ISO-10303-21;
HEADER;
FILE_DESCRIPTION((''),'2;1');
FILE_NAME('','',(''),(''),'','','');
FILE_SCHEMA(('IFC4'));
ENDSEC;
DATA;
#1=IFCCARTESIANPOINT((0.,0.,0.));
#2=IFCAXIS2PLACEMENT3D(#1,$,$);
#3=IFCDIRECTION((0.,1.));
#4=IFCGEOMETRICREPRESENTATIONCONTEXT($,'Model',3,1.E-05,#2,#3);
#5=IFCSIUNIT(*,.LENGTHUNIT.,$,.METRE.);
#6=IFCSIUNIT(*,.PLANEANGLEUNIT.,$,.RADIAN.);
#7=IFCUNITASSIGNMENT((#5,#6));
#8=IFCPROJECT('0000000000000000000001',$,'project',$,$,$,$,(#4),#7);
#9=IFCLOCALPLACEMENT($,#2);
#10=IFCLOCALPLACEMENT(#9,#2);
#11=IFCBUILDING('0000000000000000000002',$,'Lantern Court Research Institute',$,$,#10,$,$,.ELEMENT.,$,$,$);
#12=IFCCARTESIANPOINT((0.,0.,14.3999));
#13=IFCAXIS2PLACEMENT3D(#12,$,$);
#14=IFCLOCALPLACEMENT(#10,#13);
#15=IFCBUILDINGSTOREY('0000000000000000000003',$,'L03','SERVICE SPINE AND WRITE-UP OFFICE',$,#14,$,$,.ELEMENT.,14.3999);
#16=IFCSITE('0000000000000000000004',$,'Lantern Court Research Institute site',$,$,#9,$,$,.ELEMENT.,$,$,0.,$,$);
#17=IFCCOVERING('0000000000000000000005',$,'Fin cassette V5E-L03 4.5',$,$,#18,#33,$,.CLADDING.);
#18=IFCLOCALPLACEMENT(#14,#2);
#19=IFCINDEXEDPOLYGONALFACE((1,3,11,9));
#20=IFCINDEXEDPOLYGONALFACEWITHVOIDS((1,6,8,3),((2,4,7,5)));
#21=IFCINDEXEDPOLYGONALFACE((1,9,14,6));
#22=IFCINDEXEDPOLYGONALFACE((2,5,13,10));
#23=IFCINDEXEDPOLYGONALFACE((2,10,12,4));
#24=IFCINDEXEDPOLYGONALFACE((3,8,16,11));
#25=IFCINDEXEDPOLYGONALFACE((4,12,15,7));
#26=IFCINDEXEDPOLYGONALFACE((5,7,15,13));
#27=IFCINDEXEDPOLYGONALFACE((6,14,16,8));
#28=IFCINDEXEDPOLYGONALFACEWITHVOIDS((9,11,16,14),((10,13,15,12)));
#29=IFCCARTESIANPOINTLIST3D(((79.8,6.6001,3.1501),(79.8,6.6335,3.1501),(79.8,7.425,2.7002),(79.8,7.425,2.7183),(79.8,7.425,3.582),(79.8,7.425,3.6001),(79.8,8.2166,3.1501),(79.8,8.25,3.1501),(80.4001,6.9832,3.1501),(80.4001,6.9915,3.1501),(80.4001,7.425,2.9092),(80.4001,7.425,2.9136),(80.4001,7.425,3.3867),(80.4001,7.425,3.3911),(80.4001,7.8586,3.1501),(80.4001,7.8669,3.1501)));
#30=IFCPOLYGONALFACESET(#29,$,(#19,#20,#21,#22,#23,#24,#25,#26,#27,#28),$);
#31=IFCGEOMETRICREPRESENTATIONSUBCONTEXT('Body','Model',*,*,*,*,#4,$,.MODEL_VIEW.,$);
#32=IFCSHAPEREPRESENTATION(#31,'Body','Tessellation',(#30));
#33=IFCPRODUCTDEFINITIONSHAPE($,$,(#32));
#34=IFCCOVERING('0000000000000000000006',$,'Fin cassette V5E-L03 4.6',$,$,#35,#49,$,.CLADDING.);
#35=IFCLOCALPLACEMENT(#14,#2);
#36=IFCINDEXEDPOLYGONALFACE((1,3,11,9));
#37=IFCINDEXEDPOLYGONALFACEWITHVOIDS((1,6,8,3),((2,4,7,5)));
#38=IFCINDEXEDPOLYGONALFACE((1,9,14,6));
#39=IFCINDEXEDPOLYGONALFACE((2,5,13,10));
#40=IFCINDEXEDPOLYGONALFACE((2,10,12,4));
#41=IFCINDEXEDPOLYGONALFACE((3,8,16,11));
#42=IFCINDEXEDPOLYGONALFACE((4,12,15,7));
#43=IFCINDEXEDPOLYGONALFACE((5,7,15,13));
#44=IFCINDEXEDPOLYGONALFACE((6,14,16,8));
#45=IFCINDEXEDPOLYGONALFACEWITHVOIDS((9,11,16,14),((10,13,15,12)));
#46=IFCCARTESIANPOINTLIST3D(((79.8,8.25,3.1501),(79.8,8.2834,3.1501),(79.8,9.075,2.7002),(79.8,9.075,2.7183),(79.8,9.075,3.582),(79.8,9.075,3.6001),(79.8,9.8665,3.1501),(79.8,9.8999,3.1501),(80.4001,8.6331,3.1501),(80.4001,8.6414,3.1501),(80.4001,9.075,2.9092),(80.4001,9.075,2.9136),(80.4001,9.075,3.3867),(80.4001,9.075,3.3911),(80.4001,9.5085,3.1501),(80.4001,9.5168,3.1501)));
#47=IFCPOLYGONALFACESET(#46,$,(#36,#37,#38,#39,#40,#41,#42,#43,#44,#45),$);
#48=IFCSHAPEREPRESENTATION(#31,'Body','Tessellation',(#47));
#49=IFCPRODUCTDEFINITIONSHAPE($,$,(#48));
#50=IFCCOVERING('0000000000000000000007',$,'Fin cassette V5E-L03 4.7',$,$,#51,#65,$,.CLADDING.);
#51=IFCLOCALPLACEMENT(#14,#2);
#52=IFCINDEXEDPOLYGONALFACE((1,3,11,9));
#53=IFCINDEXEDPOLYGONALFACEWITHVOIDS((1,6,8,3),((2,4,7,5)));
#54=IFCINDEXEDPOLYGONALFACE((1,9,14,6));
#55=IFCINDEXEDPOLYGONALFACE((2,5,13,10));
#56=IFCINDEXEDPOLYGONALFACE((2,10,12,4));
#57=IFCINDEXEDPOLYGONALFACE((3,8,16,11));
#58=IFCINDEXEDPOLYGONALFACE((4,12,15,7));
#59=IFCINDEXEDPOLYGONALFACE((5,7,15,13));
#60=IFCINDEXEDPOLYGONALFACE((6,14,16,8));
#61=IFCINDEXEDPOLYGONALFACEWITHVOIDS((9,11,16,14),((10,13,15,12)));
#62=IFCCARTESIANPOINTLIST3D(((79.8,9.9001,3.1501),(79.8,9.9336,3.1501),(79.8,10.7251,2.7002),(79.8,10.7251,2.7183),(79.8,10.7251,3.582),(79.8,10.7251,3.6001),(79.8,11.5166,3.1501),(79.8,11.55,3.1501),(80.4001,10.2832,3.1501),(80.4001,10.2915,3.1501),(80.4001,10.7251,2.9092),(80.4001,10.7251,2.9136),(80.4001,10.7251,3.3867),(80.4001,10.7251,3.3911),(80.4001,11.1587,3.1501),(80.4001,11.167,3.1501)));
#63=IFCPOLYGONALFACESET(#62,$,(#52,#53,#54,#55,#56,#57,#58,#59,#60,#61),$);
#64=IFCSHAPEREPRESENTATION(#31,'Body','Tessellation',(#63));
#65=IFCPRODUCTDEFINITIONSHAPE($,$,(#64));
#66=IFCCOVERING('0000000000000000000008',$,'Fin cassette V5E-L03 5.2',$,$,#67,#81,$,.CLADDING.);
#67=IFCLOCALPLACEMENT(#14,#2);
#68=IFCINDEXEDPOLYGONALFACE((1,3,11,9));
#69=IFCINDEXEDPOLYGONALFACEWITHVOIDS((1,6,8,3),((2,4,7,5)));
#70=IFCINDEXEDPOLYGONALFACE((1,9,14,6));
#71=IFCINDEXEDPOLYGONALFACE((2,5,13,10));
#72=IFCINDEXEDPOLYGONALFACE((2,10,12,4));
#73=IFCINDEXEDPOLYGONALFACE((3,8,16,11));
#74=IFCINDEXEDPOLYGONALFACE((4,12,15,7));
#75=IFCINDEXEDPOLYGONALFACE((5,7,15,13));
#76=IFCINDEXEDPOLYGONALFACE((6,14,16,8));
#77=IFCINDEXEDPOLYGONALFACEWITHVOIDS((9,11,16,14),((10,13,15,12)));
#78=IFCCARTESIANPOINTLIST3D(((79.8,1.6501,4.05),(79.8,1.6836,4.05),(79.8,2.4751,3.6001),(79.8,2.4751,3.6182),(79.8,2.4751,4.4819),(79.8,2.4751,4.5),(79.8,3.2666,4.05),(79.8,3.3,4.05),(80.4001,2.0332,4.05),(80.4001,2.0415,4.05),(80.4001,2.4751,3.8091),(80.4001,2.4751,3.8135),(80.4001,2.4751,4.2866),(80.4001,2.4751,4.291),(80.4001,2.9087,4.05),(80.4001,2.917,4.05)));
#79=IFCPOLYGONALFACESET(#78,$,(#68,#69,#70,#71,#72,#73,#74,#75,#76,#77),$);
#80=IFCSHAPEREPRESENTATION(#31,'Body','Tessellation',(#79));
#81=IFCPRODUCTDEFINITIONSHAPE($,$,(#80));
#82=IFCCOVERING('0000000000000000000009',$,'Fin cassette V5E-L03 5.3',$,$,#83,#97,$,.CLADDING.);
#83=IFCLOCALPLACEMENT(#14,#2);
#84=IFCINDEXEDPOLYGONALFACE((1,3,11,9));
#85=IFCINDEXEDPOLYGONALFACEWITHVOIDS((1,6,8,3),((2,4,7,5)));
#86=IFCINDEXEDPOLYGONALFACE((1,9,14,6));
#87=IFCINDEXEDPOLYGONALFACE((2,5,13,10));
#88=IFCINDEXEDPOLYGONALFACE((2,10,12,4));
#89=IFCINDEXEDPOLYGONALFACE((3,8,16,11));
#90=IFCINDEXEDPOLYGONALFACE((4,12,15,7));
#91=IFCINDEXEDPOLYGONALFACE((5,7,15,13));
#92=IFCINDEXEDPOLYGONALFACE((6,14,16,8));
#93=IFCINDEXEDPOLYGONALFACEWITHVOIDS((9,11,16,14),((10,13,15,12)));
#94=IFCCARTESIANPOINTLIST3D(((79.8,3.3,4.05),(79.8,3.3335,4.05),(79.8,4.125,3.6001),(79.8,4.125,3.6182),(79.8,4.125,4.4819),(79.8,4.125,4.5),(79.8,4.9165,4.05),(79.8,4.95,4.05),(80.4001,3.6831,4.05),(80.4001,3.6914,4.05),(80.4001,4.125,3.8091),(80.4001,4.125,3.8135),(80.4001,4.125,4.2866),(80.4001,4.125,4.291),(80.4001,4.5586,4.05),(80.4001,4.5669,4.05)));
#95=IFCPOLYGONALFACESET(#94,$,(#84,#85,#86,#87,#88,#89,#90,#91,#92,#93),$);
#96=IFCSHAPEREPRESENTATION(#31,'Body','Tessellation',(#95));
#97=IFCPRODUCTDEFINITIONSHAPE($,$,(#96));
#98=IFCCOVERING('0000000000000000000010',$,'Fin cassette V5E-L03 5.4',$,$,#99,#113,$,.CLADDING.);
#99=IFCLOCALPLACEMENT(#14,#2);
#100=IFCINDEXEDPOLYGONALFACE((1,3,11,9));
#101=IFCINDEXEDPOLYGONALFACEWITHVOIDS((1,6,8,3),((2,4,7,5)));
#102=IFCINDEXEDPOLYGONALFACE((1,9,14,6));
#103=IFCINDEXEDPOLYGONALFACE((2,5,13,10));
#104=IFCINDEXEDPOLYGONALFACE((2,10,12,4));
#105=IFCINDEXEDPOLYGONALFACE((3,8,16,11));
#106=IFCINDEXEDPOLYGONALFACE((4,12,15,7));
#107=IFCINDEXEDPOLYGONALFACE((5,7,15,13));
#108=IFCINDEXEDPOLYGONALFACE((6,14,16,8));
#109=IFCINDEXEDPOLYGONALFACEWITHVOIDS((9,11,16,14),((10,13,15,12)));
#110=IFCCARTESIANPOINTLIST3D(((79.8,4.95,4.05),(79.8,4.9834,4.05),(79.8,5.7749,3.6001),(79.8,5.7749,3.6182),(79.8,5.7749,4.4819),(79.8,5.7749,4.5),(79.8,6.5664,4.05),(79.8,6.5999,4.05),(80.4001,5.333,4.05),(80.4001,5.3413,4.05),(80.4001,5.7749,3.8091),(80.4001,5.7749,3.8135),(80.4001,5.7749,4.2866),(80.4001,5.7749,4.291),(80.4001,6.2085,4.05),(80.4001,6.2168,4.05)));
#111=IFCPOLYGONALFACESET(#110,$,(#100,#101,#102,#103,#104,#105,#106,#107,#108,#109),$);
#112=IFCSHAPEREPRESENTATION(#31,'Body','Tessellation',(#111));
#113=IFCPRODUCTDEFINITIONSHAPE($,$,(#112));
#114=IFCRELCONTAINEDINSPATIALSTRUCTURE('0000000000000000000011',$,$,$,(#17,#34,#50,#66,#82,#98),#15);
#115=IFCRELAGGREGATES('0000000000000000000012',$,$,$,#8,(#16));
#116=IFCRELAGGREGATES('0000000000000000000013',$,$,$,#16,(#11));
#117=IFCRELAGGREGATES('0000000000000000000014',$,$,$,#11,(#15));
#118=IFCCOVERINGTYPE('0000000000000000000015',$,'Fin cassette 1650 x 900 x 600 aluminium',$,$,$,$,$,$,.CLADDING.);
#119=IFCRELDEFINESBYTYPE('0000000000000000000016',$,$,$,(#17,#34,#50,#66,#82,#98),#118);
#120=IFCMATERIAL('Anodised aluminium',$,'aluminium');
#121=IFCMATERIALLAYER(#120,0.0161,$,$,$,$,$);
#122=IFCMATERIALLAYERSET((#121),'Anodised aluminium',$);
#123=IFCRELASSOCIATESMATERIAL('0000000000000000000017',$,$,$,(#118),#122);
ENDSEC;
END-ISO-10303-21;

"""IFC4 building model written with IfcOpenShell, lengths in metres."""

from ifc_helpers import new_model, entity, si_unit, direction, frame, origin, place, context, subcontext, project, spatial, material, layer, layer_set, type_object, element, save


model = new_model("IFC4")

# Units and contexts
model_context = context("Model", 3, precision=1e-05, world=origin(), true_north=direction((0.0, 1.0)))
body_context = subcontext(model_context, "Body", "Model", "MODEL_VIEW")
ifc_project = project(units=[si_unit("LENGTHUNIT", "METRE"), si_unit("PLANEANGLEUNIT", "RADIAN")], contexts=[model_context])

# Site, building, storey
site_placement = place(None, origin())
site = spatial("IfcSite", under=ifc_project, at=site_placement, Name="Lantern Court Research Institute site", CompositionType="ELEMENT", RefElevation=0.0)
building_placement = place(site_placement, origin())
building = spatial("IfcBuilding", under=site, at=building_placement, Name="Lantern Court Research Institute", CompositionType="ELEMENT")
storey_placement = place(building_placement, frame((0.0, 0.0, 14.3999)))
storey = spatial("IfcBuildingStorey", under=building, at=storey_placement, Name="L03", Description="SERVICE SPINE AND WRITE-UP OFFICE", CompositionType="ELEMENT", Elevation=14.3999)

# Coverings
ifc_material_1 = material(Name="Anodised aluminium", Category="aluminium")
ifc_layer_1 = layer(ifc_material_1, 0.0161)
ifc_layer_set_1 = layer_set([ifc_layer_1], Name="Anodised aluminium")
covering_type = type_object("IfcCoveringType", Name="Fin cassette 1650 x 900 x 600 aluminium", PredefinedType="CLADDING", material=ifc_layer_set_1)
covering_1_placement = place(storey_placement, frame((79.8, 7.425, 3.1501), z_axis=(1.0, 0.0, 0.0), x_axis=(0.0, 1.0, 0.0)))
cartesian_point_1 = entity("IfcCartesianPoint", [0.825, 0.0])
cartesian_point_2 = entity("IfcCartesianPoint", [0.7915, 0.0])
cartesian_point_3 = entity("IfcCartesianPoint", [0.4419, 0.0])
cartesian_point_4 = entity("IfcCartesianPoint", [0.4336, 0.0])
element("IfcCovering", 1, at=covering_1_placement, inside=storey, type_object=covering_type, Name="Fin cassette V5E-L03 4.5", PredefinedType="CLADDING", context=body_context, shape_type="SweptSolid", body=[
    entity("IfcExtrudedAreaSolidTapered", entity("IfcArbitraryProfileDefWithVoids", "AREA", None, entity("IfcPolyline", [cartesian_point_1, entity("IfcCartesianPoint", [0.0, 0.45]), entity("IfcCartesianPoint", [-0.825, 0.0]), entity("IfcCartesianPoint", [0.0, -0.45]), cartesian_point_1]), [entity("IfcPolyline", [cartesian_point_2, entity("IfcCartesianPoint", [0.0, 0.4319]), entity("IfcCartesianPoint", [-0.7915, 0.0]), entity("IfcCartesianPoint", [0.0, -0.4319]), cartesian_point_2])]), entity("IfcAxis2Placement3D", entity("IfcCartesianPoint", [0.0, 0.0, 0.0])), entity("IfcDirection", [0.0, 0.0, 1.0]), 0.6001, entity("IfcArbitraryProfileDefWithVoids", "AREA", None, entity("IfcPolyline", [cartesian_point_3, entity("IfcCartesianPoint", [0.0, 0.241]), entity("IfcCartesianPoint", [-0.4419, 0.0]), entity("IfcCartesianPoint", [0.0, -0.241]), cartesian_point_3]), [entity("IfcPolyline", [cartesian_point_4, entity("IfcCartesianPoint", [0.0, 0.2366]), entity("IfcCartesianPoint", [-0.4336, 0.0]), entity("IfcCartesianPoint", [0.0, -0.2366]), cartesian_point_4])])),
])
covering_2_placement = place(storey_placement, frame((79.8, 9.075, 3.1501), z_axis=(1.0, 0.0, 0.0), x_axis=(0.0, 1.0, 0.0)))
cartesian_point_5 = entity("IfcCartesianPoint", [0.825, 0.0])
cartesian_point_6 = entity("IfcCartesianPoint", [0.7915, 0.0])
cartesian_point_7 = entity("IfcCartesianPoint", [0.4419, 0.0])
cartesian_point_8 = entity("IfcCartesianPoint", [0.4336, 0.0])
element("IfcCovering", 2, at=covering_2_placement, inside=storey, type_object=covering_type, Name="Fin cassette V5E-L03 4.6", PredefinedType="CLADDING", context=body_context, shape_type="SweptSolid", body=[
    entity("IfcExtrudedAreaSolidTapered", entity("IfcArbitraryProfileDefWithVoids", "AREA", None, entity("IfcPolyline", [cartesian_point_5, entity("IfcCartesianPoint", [0.0, 0.45]), entity("IfcCartesianPoint", [-0.825, 0.0]), entity("IfcCartesianPoint", [0.0, -0.45]), cartesian_point_5]), [entity("IfcPolyline", [cartesian_point_6, entity("IfcCartesianPoint", [0.0, 0.4319]), entity("IfcCartesianPoint", [-0.7915, 0.0]), entity("IfcCartesianPoint", [0.0, -0.4319]), cartesian_point_6])]), entity("IfcAxis2Placement3D", entity("IfcCartesianPoint", [0.0, 0.0, 0.0])), entity("IfcDirection", [0.0, 0.0, 1.0]), 0.6001, entity("IfcArbitraryProfileDefWithVoids", "AREA", None, entity("IfcPolyline", [cartesian_point_7, entity("IfcCartesianPoint", [0.0, 0.241]), entity("IfcCartesianPoint", [-0.4419, 0.0]), entity("IfcCartesianPoint", [0.0, -0.241]), cartesian_point_7]), [entity("IfcPolyline", [cartesian_point_8, entity("IfcCartesianPoint", [0.0, 0.2366]), entity("IfcCartesianPoint", [-0.4336, 0.0]), entity("IfcCartesianPoint", [0.0, -0.2366]), cartesian_point_8])])),
])
covering_3_placement = place(storey_placement, frame((79.8, 10.7251, 3.1501), z_axis=(1.0, 0.0, 0.0), x_axis=(0.0, 1.0, 0.0)))
cartesian_point_9 = entity("IfcCartesianPoint", [0.825, 0.0])
cartesian_point_10 = entity("IfcCartesianPoint", [0.7915, 0.0])
cartesian_point_11 = entity("IfcCartesianPoint", [0.4419, 0.0])
cartesian_point_12 = entity("IfcCartesianPoint", [0.4336, 0.0])
element("IfcCovering", 3, at=covering_3_placement, inside=storey, type_object=covering_type, Name="Fin cassette V5E-L03 4.7", PredefinedType="CLADDING", context=body_context, shape_type="SweptSolid", body=[
    entity("IfcExtrudedAreaSolidTapered", entity("IfcArbitraryProfileDefWithVoids", "AREA", None, entity("IfcPolyline", [cartesian_point_9, entity("IfcCartesianPoint", [0.0, 0.45]), entity("IfcCartesianPoint", [-0.825, 0.0]), entity("IfcCartesianPoint", [0.0, -0.45]), cartesian_point_9]), [entity("IfcPolyline", [cartesian_point_10, entity("IfcCartesianPoint", [0.0, 0.4319]), entity("IfcCartesianPoint", [-0.7915, 0.0]), entity("IfcCartesianPoint", [0.0, -0.4319]), cartesian_point_10])]), entity("IfcAxis2Placement3D", entity("IfcCartesianPoint", [0.0, 0.0, 0.0])), entity("IfcDirection", [0.0, 0.0, 1.0]), 0.6001, entity("IfcArbitraryProfileDefWithVoids", "AREA", None, entity("IfcPolyline", [cartesian_point_11, entity("IfcCartesianPoint", [0.0, 0.241]), entity("IfcCartesianPoint", [-0.4419, 0.0]), entity("IfcCartesianPoint", [0.0, -0.241]), cartesian_point_11]), [entity("IfcPolyline", [cartesian_point_12, entity("IfcCartesianPoint", [0.0, 0.2366]), entity("IfcCartesianPoint", [-0.4336, 0.0]), entity("IfcCartesianPoint", [0.0, -0.2366]), cartesian_point_12])])),
])
covering_4_placement = place(storey_placement, frame((79.8, 2.4751, 4.05), z_axis=(1.0, 0.0, 0.0), x_axis=(0.0, 1.0, 0.0)))
cartesian_point_13 = entity("IfcCartesianPoint", [0.825, 0.0])
cartesian_point_14 = entity("IfcCartesianPoint", [0.7915, 0.0])
cartesian_point_15 = entity("IfcCartesianPoint", [0.4419, 0.0])
cartesian_point_16 = entity("IfcCartesianPoint", [0.4336, 0.0])
element("IfcCovering", 4, at=covering_4_placement, inside=storey, type_object=covering_type, Name="Fin cassette V5E-L03 5.2", PredefinedType="CLADDING", context=body_context, shape_type="SweptSolid", body=[
    entity("IfcExtrudedAreaSolidTapered", entity("IfcArbitraryProfileDefWithVoids", "AREA", None, entity("IfcPolyline", [cartesian_point_13, entity("IfcCartesianPoint", [0.0, 0.45]), entity("IfcCartesianPoint", [-0.825, 0.0]), entity("IfcCartesianPoint", [0.0, -0.45]), cartesian_point_13]), [entity("IfcPolyline", [cartesian_point_14, entity("IfcCartesianPoint", [0.0, 0.4319]), entity("IfcCartesianPoint", [-0.7915, 0.0]), entity("IfcCartesianPoint", [0.0, -0.4319]), cartesian_point_14])]), entity("IfcAxis2Placement3D", entity("IfcCartesianPoint", [0.0, 0.0, 0.0])), entity("IfcDirection", [0.0, 0.0, 1.0]), 0.6001, entity("IfcArbitraryProfileDefWithVoids", "AREA", None, entity("IfcPolyline", [cartesian_point_15, entity("IfcCartesianPoint", [0.0, 0.241]), entity("IfcCartesianPoint", [-0.4419, 0.0]), entity("IfcCartesianPoint", [0.0, -0.241]), cartesian_point_15]), [entity("IfcPolyline", [cartesian_point_16, entity("IfcCartesianPoint", [0.0, 0.2366]), entity("IfcCartesianPoint", [-0.4336, 0.0]), entity("IfcCartesianPoint", [0.0, -0.2366]), cartesian_point_16])])),
])
covering_5_placement = place(storey_placement, frame((79.8, 4.125, 4.05), z_axis=(1.0, 0.0, 0.0), x_axis=(0.0, 1.0, 0.0)))
cartesian_point_17 = entity("IfcCartesianPoint", [0.825, 0.0])
cartesian_point_18 = entity("IfcCartesianPoint", [0.7915, 0.0])
cartesian_point_19 = entity("IfcCartesianPoint", [0.4419, 0.0])
cartesian_point_20 = entity("IfcCartesianPoint", [0.4336, 0.0])
element("IfcCovering", 5, at=covering_5_placement, inside=storey, type_object=covering_type, Name="Fin cassette V5E-L03 5.3", PredefinedType="CLADDING", context=body_context, shape_type="SweptSolid", body=[
    entity("IfcExtrudedAreaSolidTapered", entity("IfcArbitraryProfileDefWithVoids", "AREA", None, entity("IfcPolyline", [cartesian_point_17, entity("IfcCartesianPoint", [0.0, 0.45]), entity("IfcCartesianPoint", [-0.825, 0.0]), entity("IfcCartesianPoint", [0.0, -0.45]), cartesian_point_17]), [entity("IfcPolyline", [cartesian_point_18, entity("IfcCartesianPoint", [0.0, 0.4319]), entity("IfcCartesianPoint", [-0.7915, 0.0]), entity("IfcCartesianPoint", [0.0, -0.4319]), cartesian_point_18])]), entity("IfcAxis2Placement3D", entity("IfcCartesianPoint", [0.0, 0.0, 0.0])), entity("IfcDirection", [0.0, 0.0, 1.0]), 0.6001, entity("IfcArbitraryProfileDefWithVoids", "AREA", None, entity("IfcPolyline", [cartesian_point_19, entity("IfcCartesianPoint", [0.0, 0.241]), entity("IfcCartesianPoint", [-0.4419, 0.0]), entity("IfcCartesianPoint", [0.0, -0.241]), cartesian_point_19]), [entity("IfcPolyline", [cartesian_point_20, entity("IfcCartesianPoint", [0.0, 0.2366]), entity("IfcCartesianPoint", [-0.4336, 0.0]), entity("IfcCartesianPoint", [0.0, -0.2366]), cartesian_point_20])])),
])
covering_6_placement = place(storey_placement, frame((79.8, 5.7749, 4.05), z_axis=(1.0, 0.0, 0.0), x_axis=(0.0, 1.0, 0.0)))
cartesian_point_21 = entity("IfcCartesianPoint", [0.825, 0.0])
cartesian_point_22 = entity("IfcCartesianPoint", [0.7915, 0.0])
cartesian_point_23 = entity("IfcCartesianPoint", [0.4419, 0.0])
cartesian_point_24 = entity("IfcCartesianPoint", [0.4336, 0.0])
element("IfcCovering", 6, at=covering_6_placement, inside=storey, type_object=covering_type, Name="Fin cassette V5E-L03 5.4", PredefinedType="CLADDING", context=body_context, shape_type="SweptSolid", body=[
    entity("IfcExtrudedAreaSolidTapered", entity("IfcArbitraryProfileDefWithVoids", "AREA", None, entity("IfcPolyline", [cartesian_point_21, entity("IfcCartesianPoint", [0.0, 0.45]), entity("IfcCartesianPoint", [-0.825, 0.0]), entity("IfcCartesianPoint", [0.0, -0.45]), cartesian_point_21]), [entity("IfcPolyline", [cartesian_point_22, entity("IfcCartesianPoint", [0.0, 0.4319]), entity("IfcCartesianPoint", [-0.7915, 0.0]), entity("IfcCartesianPoint", [0.0, -0.4319]), cartesian_point_22])]), entity("IfcAxis2Placement3D", entity("IfcCartesianPoint", [0.0, 0.0, 0.0])), entity("IfcDirection", [0.0, 0.0, 1.0]), 0.6001, entity("IfcArbitraryProfileDefWithVoids", "AREA", None, entity("IfcPolyline", [cartesian_point_23, entity("IfcCartesianPoint", [0.0, 0.241]), entity("IfcCartesianPoint", [-0.4419, 0.0]), entity("IfcCartesianPoint", [0.0, -0.241]), cartesian_point_23]), [entity("IfcPolyline", [cartesian_point_24, entity("IfcCartesianPoint", [0.0, 0.2366]), entity("IfcCartesianPoint", [-0.4336, 0.0]), entity("IfcCartesianPoint", [0.0, -0.2366]), cartesian_point_24])])),
])

save(model, "model.ifc")
